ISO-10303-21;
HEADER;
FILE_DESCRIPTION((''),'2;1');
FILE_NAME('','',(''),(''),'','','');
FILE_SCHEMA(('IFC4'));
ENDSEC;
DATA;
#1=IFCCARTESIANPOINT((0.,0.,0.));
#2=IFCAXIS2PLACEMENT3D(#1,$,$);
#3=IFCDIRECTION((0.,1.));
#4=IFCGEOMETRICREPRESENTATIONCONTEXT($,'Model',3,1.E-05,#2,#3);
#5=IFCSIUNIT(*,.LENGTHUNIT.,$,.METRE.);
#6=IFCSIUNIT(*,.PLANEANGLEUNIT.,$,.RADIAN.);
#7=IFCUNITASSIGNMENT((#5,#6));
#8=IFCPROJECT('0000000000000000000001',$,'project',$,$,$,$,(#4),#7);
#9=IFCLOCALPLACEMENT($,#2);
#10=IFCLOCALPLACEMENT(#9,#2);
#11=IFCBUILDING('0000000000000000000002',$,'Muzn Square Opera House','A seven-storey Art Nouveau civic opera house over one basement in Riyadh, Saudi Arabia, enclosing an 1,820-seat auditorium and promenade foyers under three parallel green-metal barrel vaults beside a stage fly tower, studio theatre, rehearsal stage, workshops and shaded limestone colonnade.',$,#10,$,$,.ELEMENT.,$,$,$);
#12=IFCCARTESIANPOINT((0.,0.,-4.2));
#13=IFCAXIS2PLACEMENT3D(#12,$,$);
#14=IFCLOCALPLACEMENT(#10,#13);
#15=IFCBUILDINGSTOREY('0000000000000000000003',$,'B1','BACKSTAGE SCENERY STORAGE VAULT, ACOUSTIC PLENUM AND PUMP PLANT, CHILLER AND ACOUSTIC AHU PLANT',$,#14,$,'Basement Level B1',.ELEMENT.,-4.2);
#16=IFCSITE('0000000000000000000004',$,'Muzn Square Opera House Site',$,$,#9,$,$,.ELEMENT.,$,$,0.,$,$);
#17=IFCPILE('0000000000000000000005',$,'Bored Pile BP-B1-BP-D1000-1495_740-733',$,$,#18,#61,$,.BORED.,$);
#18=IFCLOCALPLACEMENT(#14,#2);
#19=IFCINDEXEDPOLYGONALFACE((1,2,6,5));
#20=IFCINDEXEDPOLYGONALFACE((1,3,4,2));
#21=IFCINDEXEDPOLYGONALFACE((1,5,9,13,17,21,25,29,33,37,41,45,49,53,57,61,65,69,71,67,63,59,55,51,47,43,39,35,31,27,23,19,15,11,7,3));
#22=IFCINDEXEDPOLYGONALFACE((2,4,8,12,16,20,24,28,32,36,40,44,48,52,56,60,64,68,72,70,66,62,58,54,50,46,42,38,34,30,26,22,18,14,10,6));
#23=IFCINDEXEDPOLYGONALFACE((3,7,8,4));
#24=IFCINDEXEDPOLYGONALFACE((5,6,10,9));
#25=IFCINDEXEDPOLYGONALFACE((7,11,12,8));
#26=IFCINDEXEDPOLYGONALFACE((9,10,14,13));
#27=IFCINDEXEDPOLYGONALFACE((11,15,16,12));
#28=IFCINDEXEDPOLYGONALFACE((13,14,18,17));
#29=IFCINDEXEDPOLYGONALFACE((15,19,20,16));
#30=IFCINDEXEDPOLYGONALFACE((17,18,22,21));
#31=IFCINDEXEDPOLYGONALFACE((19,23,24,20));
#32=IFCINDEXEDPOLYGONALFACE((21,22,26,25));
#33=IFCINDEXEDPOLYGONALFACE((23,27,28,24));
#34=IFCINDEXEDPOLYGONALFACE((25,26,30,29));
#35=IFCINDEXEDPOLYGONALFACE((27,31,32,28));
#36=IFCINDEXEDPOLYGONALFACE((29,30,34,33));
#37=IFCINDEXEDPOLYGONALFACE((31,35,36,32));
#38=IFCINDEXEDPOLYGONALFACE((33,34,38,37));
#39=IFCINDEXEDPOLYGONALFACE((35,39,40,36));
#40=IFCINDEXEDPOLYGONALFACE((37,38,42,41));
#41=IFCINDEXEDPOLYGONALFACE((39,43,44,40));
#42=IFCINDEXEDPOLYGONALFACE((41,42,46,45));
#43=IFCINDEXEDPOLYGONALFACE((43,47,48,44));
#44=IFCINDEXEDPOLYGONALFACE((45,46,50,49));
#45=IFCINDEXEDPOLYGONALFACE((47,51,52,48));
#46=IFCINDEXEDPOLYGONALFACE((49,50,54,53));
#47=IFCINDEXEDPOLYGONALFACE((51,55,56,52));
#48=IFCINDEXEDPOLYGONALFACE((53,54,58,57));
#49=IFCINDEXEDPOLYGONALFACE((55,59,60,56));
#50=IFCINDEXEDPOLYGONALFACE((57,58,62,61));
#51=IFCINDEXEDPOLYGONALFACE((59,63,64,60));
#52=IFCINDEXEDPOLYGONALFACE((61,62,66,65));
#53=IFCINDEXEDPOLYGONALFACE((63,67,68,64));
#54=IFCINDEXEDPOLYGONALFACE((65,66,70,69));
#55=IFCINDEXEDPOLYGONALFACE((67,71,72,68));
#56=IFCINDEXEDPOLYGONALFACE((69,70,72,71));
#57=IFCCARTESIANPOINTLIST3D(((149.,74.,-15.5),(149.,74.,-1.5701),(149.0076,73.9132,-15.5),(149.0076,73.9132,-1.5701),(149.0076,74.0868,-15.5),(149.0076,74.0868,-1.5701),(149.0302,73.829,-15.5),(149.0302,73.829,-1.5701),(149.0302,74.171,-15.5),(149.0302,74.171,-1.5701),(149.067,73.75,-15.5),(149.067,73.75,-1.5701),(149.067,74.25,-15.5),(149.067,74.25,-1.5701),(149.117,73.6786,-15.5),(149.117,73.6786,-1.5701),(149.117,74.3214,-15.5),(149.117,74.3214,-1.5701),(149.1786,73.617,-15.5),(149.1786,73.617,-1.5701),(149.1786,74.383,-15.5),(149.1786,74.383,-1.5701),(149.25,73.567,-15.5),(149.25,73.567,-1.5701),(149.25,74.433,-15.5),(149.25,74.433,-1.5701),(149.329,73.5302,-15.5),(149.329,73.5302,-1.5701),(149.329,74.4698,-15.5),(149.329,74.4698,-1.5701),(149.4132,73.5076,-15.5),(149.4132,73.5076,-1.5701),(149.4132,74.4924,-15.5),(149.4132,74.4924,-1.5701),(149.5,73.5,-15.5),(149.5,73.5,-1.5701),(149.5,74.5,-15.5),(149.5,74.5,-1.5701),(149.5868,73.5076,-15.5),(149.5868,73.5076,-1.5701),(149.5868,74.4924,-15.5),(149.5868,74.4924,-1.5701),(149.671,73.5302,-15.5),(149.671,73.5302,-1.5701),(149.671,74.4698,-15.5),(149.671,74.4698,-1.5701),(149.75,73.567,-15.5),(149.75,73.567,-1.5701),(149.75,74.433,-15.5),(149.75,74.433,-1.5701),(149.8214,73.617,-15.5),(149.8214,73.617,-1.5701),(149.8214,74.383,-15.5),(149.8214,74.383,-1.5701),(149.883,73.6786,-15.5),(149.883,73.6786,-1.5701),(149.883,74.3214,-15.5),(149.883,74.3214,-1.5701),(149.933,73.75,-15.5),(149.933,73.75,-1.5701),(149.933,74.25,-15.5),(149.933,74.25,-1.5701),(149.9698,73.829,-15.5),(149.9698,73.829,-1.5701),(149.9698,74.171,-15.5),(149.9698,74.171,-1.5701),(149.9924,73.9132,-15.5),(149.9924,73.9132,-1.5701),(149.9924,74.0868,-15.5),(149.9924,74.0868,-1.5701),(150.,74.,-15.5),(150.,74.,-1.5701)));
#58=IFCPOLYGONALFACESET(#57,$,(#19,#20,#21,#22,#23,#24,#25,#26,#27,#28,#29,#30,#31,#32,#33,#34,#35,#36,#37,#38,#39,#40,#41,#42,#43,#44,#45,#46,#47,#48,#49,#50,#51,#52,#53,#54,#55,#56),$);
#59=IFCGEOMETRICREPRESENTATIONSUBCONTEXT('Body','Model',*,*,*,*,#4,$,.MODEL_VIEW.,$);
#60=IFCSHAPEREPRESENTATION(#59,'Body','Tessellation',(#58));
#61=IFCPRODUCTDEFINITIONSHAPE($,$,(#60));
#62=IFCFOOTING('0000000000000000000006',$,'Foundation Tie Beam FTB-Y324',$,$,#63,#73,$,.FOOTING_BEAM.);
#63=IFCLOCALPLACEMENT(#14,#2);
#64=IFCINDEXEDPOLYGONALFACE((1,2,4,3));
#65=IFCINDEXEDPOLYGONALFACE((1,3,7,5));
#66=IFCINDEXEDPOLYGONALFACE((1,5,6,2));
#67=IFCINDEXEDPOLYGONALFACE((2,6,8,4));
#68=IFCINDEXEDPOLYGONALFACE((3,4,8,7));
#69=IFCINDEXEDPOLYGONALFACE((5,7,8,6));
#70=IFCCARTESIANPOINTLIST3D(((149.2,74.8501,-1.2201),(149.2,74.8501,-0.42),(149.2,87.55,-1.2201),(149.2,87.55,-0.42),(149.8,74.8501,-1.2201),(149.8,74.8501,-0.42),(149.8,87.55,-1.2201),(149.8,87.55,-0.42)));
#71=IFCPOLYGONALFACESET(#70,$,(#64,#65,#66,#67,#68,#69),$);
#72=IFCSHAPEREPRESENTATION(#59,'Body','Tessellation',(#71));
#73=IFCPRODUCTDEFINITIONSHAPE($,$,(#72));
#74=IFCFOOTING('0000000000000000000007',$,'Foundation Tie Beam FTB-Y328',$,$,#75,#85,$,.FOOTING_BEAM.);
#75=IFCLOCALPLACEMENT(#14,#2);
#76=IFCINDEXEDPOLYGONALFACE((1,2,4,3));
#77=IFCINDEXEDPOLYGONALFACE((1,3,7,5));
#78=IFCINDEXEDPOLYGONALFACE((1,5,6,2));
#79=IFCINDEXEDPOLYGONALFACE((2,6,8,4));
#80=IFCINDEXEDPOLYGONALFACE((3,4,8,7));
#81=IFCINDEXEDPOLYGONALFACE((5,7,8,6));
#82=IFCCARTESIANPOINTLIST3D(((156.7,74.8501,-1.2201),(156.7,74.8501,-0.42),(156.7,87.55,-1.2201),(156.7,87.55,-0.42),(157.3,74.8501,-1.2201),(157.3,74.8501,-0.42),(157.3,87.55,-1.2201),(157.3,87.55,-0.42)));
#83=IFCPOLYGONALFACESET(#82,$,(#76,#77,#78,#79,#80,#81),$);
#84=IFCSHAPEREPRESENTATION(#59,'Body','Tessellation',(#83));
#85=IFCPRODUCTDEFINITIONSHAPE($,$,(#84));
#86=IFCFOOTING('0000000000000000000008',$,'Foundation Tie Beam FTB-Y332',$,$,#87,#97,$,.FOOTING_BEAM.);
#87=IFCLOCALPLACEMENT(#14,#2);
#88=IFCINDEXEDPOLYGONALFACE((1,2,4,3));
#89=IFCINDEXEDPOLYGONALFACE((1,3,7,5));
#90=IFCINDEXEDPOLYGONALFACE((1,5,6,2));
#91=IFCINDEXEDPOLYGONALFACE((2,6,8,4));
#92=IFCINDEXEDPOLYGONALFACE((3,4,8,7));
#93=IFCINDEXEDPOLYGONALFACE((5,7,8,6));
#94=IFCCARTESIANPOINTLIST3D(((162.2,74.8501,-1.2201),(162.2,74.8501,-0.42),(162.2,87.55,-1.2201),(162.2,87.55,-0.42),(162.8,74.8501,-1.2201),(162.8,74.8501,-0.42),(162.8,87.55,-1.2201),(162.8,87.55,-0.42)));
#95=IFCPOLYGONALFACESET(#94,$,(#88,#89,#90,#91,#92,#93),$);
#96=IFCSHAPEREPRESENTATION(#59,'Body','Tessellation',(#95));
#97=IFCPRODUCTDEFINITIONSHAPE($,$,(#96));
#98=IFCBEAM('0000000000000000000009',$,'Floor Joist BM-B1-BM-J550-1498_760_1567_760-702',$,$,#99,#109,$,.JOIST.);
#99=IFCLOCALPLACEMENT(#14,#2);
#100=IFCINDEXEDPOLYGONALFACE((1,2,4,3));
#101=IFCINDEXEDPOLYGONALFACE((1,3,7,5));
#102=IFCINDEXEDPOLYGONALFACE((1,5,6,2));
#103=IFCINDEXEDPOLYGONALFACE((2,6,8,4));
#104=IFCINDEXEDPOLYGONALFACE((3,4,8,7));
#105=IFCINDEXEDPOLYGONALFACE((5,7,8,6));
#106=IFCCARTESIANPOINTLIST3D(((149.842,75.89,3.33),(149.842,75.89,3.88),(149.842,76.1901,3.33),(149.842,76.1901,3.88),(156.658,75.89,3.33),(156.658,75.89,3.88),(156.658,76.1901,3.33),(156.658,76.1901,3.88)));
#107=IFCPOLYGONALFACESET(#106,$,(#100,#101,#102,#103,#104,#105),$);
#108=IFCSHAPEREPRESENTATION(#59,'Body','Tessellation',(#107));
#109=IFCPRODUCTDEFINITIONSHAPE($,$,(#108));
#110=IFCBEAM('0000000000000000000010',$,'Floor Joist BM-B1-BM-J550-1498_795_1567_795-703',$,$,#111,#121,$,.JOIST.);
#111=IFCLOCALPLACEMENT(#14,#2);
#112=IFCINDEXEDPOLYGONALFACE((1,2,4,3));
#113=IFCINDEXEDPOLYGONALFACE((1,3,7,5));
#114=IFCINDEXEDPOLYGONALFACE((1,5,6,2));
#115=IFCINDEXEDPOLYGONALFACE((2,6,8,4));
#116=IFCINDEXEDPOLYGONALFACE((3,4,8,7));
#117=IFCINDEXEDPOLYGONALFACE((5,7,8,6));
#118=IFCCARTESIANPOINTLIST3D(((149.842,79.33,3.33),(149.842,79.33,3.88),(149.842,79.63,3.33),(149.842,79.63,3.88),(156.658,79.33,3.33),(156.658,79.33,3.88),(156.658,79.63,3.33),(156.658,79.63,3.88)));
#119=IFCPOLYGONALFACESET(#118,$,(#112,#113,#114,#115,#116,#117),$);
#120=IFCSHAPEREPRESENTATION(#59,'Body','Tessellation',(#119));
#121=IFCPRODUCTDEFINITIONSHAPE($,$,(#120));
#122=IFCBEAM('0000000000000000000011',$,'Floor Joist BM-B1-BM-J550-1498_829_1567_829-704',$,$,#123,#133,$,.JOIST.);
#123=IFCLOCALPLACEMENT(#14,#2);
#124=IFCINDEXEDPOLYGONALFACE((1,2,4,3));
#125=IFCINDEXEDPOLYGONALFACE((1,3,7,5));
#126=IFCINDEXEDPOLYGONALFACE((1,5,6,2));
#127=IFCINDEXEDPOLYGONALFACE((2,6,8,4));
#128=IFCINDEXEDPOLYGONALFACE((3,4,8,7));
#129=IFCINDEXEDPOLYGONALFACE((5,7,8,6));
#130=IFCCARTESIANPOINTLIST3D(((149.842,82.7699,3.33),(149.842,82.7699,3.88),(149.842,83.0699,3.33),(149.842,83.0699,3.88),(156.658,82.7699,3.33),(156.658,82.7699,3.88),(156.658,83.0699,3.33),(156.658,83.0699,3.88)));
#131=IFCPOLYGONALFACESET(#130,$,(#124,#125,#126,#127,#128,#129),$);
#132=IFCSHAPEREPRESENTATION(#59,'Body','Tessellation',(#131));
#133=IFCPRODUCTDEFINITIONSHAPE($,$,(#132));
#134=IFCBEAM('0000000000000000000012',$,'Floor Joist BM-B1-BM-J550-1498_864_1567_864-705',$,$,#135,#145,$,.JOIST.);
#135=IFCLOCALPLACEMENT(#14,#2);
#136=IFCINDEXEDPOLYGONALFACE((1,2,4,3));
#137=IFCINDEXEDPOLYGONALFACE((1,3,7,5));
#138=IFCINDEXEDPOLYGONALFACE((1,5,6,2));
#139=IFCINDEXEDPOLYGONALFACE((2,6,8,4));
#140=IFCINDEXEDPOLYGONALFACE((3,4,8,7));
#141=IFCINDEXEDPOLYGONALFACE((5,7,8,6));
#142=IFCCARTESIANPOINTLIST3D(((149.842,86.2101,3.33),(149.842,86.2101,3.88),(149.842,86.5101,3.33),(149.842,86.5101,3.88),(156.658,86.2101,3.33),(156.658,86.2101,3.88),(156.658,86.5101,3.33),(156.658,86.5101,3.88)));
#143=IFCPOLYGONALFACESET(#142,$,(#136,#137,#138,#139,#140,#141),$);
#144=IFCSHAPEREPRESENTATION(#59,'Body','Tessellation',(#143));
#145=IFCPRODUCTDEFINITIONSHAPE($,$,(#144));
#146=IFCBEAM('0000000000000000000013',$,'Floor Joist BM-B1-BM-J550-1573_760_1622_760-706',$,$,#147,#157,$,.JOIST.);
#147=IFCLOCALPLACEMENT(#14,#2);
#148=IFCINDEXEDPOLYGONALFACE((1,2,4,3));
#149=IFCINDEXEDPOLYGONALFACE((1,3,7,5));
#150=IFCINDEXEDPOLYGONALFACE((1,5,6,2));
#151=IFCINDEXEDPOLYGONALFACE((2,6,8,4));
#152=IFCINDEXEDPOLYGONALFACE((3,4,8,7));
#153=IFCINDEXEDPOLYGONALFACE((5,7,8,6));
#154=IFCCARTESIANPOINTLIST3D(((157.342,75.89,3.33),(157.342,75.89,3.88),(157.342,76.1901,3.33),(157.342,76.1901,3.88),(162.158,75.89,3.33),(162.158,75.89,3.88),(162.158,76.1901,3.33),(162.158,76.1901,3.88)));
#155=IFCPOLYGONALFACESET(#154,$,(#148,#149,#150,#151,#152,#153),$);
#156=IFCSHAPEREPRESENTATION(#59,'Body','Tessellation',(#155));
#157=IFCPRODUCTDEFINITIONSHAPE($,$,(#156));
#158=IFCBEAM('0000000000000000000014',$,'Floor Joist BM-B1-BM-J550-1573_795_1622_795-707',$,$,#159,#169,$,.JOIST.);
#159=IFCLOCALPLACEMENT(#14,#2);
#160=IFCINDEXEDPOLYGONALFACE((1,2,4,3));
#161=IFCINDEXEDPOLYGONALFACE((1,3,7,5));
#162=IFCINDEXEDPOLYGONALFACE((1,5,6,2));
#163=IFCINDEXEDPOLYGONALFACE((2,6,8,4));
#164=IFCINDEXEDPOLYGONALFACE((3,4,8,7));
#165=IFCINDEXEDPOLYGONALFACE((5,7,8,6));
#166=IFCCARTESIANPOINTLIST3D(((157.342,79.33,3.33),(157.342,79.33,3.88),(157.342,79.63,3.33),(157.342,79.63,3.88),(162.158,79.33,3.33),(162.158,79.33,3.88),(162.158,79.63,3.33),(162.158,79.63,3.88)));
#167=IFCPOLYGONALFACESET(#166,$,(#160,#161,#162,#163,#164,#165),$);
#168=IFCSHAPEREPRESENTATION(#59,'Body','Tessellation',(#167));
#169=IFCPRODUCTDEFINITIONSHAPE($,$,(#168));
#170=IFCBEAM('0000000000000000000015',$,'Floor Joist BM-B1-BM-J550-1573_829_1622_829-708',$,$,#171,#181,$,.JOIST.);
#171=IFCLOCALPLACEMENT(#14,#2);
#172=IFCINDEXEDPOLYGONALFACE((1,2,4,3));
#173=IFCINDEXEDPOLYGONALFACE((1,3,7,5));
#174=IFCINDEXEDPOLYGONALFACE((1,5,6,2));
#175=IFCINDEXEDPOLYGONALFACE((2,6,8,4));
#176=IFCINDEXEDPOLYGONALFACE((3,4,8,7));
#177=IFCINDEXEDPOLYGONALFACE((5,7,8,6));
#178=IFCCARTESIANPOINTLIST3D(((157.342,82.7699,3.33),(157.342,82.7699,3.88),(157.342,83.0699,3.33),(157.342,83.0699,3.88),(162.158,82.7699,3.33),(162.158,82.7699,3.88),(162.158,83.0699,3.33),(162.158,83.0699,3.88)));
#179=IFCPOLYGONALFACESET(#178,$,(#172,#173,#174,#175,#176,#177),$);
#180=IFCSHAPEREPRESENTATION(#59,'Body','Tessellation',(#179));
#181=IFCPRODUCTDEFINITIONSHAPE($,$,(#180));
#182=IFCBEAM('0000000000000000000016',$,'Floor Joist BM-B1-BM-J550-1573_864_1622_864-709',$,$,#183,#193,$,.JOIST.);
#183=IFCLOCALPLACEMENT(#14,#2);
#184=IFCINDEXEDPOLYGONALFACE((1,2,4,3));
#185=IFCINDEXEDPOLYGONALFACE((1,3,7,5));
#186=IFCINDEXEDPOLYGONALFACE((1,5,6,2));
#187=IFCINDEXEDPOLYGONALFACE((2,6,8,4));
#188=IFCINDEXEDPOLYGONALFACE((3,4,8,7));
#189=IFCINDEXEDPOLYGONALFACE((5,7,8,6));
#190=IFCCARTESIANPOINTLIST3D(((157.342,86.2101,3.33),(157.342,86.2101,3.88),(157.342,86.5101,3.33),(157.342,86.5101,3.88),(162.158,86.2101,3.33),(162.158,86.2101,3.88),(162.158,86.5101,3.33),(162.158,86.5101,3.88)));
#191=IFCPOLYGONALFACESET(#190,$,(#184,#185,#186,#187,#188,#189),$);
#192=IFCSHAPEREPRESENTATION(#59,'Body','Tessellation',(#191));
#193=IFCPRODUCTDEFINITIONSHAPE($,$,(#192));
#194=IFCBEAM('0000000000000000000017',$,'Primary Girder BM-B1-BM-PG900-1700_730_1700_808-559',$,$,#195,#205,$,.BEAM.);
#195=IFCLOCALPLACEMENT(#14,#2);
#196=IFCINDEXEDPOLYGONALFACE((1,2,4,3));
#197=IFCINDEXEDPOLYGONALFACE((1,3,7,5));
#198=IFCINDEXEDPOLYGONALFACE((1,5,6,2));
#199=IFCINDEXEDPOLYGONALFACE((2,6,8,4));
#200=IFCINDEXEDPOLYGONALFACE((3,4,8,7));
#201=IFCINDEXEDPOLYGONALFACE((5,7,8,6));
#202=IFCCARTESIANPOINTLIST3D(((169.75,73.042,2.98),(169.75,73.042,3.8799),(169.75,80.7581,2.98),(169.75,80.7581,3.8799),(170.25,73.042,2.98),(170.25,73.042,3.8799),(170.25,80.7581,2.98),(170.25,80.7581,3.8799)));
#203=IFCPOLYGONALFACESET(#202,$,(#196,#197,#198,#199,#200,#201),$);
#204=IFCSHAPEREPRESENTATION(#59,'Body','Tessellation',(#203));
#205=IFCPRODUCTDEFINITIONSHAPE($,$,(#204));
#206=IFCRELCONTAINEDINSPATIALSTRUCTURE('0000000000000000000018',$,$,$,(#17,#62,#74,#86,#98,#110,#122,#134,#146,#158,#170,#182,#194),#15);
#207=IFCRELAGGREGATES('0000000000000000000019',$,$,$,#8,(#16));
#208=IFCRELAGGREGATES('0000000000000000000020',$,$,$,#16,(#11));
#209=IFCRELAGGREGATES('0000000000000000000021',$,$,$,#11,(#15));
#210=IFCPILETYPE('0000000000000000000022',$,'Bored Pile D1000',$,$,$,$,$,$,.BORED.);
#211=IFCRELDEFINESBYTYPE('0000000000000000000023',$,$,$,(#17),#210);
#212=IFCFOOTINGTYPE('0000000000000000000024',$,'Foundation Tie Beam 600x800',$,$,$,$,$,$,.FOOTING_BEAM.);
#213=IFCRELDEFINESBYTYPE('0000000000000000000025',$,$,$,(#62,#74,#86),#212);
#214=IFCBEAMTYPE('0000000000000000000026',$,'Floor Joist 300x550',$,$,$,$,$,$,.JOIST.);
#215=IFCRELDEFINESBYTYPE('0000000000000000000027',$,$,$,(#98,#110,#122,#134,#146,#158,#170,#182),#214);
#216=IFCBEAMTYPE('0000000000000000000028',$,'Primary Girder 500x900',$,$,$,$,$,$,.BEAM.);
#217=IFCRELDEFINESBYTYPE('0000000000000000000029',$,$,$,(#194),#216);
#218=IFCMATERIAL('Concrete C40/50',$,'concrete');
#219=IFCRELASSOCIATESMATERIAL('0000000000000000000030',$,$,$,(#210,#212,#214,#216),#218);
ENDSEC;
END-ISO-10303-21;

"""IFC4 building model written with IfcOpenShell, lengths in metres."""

from ifc_helpers import new_model, si_unit, direction, frame, origin, origin_2d, place, context, subcontext, project, spatial, rectangle, circle, extrude, material, material_profile, profile_set, type_object, element, save


model = new_model("IFC4")

# Units and contexts
model_context = context("Model", 3, precision=1e-05, world=origin(), true_north=direction((0.0, 1.0)))
body_context = subcontext(model_context, "Body", "Model", "MODEL_VIEW")
ifc_project = project(units=[si_unit("LENGTHUNIT", "METRE"), si_unit("PLANEANGLEUNIT", "RADIAN")], contexts=[model_context])

# Site, building, storey
site_placement = place(None, origin())
site = spatial("IfcSite", under=ifc_project, at=site_placement, Name="Muzn Square Opera House Site", CompositionType="ELEMENT", RefElevation=0.0)
building_placement = place(site_placement, origin())
building = spatial("IfcBuilding", under=site, at=building_placement, Name="Muzn Square Opera House", Description="A seven-storey Art Nouveau civic opera house over one basement in Riyadh, Saudi Arabia, enclosing an 1,820-seat auditorium and promenade foyers under three parallel green-metal barrel vaults beside a stage fly tower, studio theatre, rehearsal stage, workshops and shaded limestone colonnade.", CompositionType="ELEMENT")
storey_placement = place(building_placement, frame((0.0, 0.0, -4.2)))
storey = spatial("IfcBuildingStorey", under=building, at=storey_placement, Name="B1", Description="BACKSTAGE SCENERY STORAGE VAULT, ACOUSTIC PLENUM AND PUMP PLANT, CHILLER AND ACOUSTIC AHU PLANT", LongName="Basement Level B1", CompositionType="ELEMENT", Elevation=-4.2)

# Pile
ifc_material = material(Name="Concrete C40/50", Category="concrete")
ifc_material_profile_1 = material_profile(ifc_material, circle(Radius=0.5, at=origin_2d()), Name="BORED PILE D1000", Category="concrete")
ifc_profile_set_1 = profile_set([ifc_material_profile_1], Name="Concrete C40/50")
pile_type = type_object("IfcPileType", Name="Bored Pile D1000", PredefinedType="BORED", material=ifc_profile_set_1)
for number, where, z_axis, x_axis, name in (
    (1, (149.5, 74.0, -1.5701), (0.0, 0.0, -1.0), (1.0, 0.0, 0.0), "Bored Pile BP-B1-BP-D1000-1495_740-733"),
):
    element("IfcPile", number, at=place(storey_placement, frame(where, z_axis=z_axis, x_axis=x_axis)), inside=storey, type_object=pile_type, Name=name, PredefinedType="BORED", context=body_context, shape_type="SweptSolid", body=[
        extrude(circle(Radius=0.5, at=origin_2d()), origin(), (0.0, 0.0, 1.0), 13.9299),
    ])

# Footings
ifc_material_profile_2 = material_profile(ifc_material, rectangle(XDim=0.6001, YDim=0.8, at=origin_2d()), Name="RCTB 600x800", Category="concrete")
ifc_profile_set_2 = profile_set([ifc_material_profile_2], Name="Concrete C40/50")
footing_type = type_object("IfcFootingType", Name="Foundation Tie Beam 600x800", PredefinedType="FOOTING_BEAM", material=ifc_profile_set_2)
for number, where, z_axis, x_axis, name in (
    (2, (149.5, 74.8501, -0.8201), (0.0, 1.0, 0.0), (-1.0, 0.0, 0.0), "Foundation Tie Beam FTB-Y324"),
    (3, (157.0, 74.8501, -0.8201), (0.0, 1.0, 0.0), (-1.0, 0.0, 0.0), "Foundation Tie Beam FTB-Y328"),
    (4, (162.5, 74.8501, -0.8201), (0.0, 1.0, 0.0), (-1.0, 0.0, 0.0), "Foundation Tie Beam FTB-Y332"),
):
    element("IfcFooting", number, at=place(storey_placement, frame(where, z_axis=z_axis, x_axis=x_axis)), inside=storey, type_object=footing_type, Name=name, PredefinedType="FOOTING_BEAM", context=body_context, shape_type="SweptSolid", body=[
        extrude(rectangle(XDim=0.6001, YDim=0.8, at=origin_2d()), origin(), (0.0, 0.0, 1.0), 12.7),
    ])

# Beams
ifc_material_profile_3 = material_profile(ifc_material, rectangle(XDim=0.3, YDim=0.55, at=origin_2d()), Name="RCJ 300x550", Category="concrete")
ifc_profile_set_3 = profile_set([ifc_material_profile_3], Name="Concrete C40/50")
beam_type_1 = type_object("IfcBeamType", Name="Floor Joist 300x550", PredefinedType="JOIST", material=ifc_profile_set_3)
for number, where, z_axis, x_axis, name in (
    (5, (149.842, 76.04, 3.605), (1.0, 0.0, 0.0), (0.0, 1.0, 0.0), "Floor Joist BM-B1-BM-J550-1498_760_1567_760-702"),
    (6, (149.842, 79.48, 3.605), (1.0, 0.0, 0.0), (0.0, 1.0, 0.0), "Floor Joist BM-B1-BM-J550-1498_795_1567_795-703"),
    (7, (149.842, 82.9199, 3.605), (1.0, 0.0, 0.0), (0.0, 1.0, 0.0), "Floor Joist BM-B1-BM-J550-1498_829_1567_829-704"),
    (8, (149.842, 86.3601, 3.605), (1.0, 0.0, 0.0), (0.0, 1.0, 0.0), "Floor Joist BM-B1-BM-J550-1498_864_1567_864-705"),
):
    element("IfcBeam", number, at=place(storey_placement, frame(where, z_axis=z_axis, x_axis=x_axis)), inside=storey, type_object=beam_type_1, Name=name, PredefinedType="JOIST", context=body_context, shape_type="SweptSolid", body=[
        extrude(rectangle(XDim=0.3, YDim=0.55, at=origin_2d()), origin(), (0.0, 0.0, 1.0), 6.8159),
    ])
for number, where, z_axis, x_axis, name in (
    (9, (157.342, 76.04, 3.605), (1.0, 0.0, 0.0), (0.0, 1.0, 0.0), "Floor Joist BM-B1-BM-J550-1573_760_1622_760-706"),
    (10, (157.342, 79.48, 3.605), (1.0, 0.0, 0.0), (0.0, 1.0, 0.0), "Floor Joist BM-B1-BM-J550-1573_795_1622_795-707"),
    (11, (157.342, 82.9199, 3.605), (1.0, 0.0, 0.0), (0.0, 1.0, 0.0), "Floor Joist BM-B1-BM-J550-1573_829_1622_829-708"),
    (12, (157.342, 86.3601, 3.605), (1.0, 0.0, 0.0), (0.0, 1.0, 0.0), "Floor Joist BM-B1-BM-J550-1573_864_1622_864-709"),
):
    element("IfcBeam", number, at=place(storey_placement, frame(where, z_axis=z_axis, x_axis=x_axis)), inside=storey, type_object=beam_type_1, Name=name, PredefinedType="JOIST", context=body_context, shape_type="SweptSolid", body=[
        extrude(rectangle(XDim=0.3, YDim=0.55, at=origin_2d()), origin(), (0.0, 0.0, 1.0), 4.8159),
    ])
ifc_material_profile_4 = material_profile(ifc_material, rectangle(XDim=0.5, YDim=0.8999, at=origin_2d()), Name="RCB 500x900", Category="concrete")
ifc_profile_set_4 = profile_set([ifc_material_profile_4], Name="Concrete C40/50")
beam_type_2 = type_object("IfcBeamType", Name="Primary Girder 500x900", PredefinedType="BEAM", material=ifc_profile_set_4)
beam_placement = place(storey_placement, frame((170.0, 73.042, 3.4299), z_axis=(0.0, 1.0, 0.0), x_axis=(-1.0, 0.0, 0.0)))
element("IfcBeam", 13, at=beam_placement, inside=storey, type_object=beam_type_2, Name="Primary Girder BM-B1-BM-PG900-1700_730_1700_808-559", PredefinedType="BEAM", context=body_context, shape_type="SweptSolid", body=[
    extrude(rectangle(XDim=0.5, YDim=0.8999, at=origin_2d()), origin(), (0.0, 0.0, 1.0), 7.7161),
])

save(model, "model.ifc")
